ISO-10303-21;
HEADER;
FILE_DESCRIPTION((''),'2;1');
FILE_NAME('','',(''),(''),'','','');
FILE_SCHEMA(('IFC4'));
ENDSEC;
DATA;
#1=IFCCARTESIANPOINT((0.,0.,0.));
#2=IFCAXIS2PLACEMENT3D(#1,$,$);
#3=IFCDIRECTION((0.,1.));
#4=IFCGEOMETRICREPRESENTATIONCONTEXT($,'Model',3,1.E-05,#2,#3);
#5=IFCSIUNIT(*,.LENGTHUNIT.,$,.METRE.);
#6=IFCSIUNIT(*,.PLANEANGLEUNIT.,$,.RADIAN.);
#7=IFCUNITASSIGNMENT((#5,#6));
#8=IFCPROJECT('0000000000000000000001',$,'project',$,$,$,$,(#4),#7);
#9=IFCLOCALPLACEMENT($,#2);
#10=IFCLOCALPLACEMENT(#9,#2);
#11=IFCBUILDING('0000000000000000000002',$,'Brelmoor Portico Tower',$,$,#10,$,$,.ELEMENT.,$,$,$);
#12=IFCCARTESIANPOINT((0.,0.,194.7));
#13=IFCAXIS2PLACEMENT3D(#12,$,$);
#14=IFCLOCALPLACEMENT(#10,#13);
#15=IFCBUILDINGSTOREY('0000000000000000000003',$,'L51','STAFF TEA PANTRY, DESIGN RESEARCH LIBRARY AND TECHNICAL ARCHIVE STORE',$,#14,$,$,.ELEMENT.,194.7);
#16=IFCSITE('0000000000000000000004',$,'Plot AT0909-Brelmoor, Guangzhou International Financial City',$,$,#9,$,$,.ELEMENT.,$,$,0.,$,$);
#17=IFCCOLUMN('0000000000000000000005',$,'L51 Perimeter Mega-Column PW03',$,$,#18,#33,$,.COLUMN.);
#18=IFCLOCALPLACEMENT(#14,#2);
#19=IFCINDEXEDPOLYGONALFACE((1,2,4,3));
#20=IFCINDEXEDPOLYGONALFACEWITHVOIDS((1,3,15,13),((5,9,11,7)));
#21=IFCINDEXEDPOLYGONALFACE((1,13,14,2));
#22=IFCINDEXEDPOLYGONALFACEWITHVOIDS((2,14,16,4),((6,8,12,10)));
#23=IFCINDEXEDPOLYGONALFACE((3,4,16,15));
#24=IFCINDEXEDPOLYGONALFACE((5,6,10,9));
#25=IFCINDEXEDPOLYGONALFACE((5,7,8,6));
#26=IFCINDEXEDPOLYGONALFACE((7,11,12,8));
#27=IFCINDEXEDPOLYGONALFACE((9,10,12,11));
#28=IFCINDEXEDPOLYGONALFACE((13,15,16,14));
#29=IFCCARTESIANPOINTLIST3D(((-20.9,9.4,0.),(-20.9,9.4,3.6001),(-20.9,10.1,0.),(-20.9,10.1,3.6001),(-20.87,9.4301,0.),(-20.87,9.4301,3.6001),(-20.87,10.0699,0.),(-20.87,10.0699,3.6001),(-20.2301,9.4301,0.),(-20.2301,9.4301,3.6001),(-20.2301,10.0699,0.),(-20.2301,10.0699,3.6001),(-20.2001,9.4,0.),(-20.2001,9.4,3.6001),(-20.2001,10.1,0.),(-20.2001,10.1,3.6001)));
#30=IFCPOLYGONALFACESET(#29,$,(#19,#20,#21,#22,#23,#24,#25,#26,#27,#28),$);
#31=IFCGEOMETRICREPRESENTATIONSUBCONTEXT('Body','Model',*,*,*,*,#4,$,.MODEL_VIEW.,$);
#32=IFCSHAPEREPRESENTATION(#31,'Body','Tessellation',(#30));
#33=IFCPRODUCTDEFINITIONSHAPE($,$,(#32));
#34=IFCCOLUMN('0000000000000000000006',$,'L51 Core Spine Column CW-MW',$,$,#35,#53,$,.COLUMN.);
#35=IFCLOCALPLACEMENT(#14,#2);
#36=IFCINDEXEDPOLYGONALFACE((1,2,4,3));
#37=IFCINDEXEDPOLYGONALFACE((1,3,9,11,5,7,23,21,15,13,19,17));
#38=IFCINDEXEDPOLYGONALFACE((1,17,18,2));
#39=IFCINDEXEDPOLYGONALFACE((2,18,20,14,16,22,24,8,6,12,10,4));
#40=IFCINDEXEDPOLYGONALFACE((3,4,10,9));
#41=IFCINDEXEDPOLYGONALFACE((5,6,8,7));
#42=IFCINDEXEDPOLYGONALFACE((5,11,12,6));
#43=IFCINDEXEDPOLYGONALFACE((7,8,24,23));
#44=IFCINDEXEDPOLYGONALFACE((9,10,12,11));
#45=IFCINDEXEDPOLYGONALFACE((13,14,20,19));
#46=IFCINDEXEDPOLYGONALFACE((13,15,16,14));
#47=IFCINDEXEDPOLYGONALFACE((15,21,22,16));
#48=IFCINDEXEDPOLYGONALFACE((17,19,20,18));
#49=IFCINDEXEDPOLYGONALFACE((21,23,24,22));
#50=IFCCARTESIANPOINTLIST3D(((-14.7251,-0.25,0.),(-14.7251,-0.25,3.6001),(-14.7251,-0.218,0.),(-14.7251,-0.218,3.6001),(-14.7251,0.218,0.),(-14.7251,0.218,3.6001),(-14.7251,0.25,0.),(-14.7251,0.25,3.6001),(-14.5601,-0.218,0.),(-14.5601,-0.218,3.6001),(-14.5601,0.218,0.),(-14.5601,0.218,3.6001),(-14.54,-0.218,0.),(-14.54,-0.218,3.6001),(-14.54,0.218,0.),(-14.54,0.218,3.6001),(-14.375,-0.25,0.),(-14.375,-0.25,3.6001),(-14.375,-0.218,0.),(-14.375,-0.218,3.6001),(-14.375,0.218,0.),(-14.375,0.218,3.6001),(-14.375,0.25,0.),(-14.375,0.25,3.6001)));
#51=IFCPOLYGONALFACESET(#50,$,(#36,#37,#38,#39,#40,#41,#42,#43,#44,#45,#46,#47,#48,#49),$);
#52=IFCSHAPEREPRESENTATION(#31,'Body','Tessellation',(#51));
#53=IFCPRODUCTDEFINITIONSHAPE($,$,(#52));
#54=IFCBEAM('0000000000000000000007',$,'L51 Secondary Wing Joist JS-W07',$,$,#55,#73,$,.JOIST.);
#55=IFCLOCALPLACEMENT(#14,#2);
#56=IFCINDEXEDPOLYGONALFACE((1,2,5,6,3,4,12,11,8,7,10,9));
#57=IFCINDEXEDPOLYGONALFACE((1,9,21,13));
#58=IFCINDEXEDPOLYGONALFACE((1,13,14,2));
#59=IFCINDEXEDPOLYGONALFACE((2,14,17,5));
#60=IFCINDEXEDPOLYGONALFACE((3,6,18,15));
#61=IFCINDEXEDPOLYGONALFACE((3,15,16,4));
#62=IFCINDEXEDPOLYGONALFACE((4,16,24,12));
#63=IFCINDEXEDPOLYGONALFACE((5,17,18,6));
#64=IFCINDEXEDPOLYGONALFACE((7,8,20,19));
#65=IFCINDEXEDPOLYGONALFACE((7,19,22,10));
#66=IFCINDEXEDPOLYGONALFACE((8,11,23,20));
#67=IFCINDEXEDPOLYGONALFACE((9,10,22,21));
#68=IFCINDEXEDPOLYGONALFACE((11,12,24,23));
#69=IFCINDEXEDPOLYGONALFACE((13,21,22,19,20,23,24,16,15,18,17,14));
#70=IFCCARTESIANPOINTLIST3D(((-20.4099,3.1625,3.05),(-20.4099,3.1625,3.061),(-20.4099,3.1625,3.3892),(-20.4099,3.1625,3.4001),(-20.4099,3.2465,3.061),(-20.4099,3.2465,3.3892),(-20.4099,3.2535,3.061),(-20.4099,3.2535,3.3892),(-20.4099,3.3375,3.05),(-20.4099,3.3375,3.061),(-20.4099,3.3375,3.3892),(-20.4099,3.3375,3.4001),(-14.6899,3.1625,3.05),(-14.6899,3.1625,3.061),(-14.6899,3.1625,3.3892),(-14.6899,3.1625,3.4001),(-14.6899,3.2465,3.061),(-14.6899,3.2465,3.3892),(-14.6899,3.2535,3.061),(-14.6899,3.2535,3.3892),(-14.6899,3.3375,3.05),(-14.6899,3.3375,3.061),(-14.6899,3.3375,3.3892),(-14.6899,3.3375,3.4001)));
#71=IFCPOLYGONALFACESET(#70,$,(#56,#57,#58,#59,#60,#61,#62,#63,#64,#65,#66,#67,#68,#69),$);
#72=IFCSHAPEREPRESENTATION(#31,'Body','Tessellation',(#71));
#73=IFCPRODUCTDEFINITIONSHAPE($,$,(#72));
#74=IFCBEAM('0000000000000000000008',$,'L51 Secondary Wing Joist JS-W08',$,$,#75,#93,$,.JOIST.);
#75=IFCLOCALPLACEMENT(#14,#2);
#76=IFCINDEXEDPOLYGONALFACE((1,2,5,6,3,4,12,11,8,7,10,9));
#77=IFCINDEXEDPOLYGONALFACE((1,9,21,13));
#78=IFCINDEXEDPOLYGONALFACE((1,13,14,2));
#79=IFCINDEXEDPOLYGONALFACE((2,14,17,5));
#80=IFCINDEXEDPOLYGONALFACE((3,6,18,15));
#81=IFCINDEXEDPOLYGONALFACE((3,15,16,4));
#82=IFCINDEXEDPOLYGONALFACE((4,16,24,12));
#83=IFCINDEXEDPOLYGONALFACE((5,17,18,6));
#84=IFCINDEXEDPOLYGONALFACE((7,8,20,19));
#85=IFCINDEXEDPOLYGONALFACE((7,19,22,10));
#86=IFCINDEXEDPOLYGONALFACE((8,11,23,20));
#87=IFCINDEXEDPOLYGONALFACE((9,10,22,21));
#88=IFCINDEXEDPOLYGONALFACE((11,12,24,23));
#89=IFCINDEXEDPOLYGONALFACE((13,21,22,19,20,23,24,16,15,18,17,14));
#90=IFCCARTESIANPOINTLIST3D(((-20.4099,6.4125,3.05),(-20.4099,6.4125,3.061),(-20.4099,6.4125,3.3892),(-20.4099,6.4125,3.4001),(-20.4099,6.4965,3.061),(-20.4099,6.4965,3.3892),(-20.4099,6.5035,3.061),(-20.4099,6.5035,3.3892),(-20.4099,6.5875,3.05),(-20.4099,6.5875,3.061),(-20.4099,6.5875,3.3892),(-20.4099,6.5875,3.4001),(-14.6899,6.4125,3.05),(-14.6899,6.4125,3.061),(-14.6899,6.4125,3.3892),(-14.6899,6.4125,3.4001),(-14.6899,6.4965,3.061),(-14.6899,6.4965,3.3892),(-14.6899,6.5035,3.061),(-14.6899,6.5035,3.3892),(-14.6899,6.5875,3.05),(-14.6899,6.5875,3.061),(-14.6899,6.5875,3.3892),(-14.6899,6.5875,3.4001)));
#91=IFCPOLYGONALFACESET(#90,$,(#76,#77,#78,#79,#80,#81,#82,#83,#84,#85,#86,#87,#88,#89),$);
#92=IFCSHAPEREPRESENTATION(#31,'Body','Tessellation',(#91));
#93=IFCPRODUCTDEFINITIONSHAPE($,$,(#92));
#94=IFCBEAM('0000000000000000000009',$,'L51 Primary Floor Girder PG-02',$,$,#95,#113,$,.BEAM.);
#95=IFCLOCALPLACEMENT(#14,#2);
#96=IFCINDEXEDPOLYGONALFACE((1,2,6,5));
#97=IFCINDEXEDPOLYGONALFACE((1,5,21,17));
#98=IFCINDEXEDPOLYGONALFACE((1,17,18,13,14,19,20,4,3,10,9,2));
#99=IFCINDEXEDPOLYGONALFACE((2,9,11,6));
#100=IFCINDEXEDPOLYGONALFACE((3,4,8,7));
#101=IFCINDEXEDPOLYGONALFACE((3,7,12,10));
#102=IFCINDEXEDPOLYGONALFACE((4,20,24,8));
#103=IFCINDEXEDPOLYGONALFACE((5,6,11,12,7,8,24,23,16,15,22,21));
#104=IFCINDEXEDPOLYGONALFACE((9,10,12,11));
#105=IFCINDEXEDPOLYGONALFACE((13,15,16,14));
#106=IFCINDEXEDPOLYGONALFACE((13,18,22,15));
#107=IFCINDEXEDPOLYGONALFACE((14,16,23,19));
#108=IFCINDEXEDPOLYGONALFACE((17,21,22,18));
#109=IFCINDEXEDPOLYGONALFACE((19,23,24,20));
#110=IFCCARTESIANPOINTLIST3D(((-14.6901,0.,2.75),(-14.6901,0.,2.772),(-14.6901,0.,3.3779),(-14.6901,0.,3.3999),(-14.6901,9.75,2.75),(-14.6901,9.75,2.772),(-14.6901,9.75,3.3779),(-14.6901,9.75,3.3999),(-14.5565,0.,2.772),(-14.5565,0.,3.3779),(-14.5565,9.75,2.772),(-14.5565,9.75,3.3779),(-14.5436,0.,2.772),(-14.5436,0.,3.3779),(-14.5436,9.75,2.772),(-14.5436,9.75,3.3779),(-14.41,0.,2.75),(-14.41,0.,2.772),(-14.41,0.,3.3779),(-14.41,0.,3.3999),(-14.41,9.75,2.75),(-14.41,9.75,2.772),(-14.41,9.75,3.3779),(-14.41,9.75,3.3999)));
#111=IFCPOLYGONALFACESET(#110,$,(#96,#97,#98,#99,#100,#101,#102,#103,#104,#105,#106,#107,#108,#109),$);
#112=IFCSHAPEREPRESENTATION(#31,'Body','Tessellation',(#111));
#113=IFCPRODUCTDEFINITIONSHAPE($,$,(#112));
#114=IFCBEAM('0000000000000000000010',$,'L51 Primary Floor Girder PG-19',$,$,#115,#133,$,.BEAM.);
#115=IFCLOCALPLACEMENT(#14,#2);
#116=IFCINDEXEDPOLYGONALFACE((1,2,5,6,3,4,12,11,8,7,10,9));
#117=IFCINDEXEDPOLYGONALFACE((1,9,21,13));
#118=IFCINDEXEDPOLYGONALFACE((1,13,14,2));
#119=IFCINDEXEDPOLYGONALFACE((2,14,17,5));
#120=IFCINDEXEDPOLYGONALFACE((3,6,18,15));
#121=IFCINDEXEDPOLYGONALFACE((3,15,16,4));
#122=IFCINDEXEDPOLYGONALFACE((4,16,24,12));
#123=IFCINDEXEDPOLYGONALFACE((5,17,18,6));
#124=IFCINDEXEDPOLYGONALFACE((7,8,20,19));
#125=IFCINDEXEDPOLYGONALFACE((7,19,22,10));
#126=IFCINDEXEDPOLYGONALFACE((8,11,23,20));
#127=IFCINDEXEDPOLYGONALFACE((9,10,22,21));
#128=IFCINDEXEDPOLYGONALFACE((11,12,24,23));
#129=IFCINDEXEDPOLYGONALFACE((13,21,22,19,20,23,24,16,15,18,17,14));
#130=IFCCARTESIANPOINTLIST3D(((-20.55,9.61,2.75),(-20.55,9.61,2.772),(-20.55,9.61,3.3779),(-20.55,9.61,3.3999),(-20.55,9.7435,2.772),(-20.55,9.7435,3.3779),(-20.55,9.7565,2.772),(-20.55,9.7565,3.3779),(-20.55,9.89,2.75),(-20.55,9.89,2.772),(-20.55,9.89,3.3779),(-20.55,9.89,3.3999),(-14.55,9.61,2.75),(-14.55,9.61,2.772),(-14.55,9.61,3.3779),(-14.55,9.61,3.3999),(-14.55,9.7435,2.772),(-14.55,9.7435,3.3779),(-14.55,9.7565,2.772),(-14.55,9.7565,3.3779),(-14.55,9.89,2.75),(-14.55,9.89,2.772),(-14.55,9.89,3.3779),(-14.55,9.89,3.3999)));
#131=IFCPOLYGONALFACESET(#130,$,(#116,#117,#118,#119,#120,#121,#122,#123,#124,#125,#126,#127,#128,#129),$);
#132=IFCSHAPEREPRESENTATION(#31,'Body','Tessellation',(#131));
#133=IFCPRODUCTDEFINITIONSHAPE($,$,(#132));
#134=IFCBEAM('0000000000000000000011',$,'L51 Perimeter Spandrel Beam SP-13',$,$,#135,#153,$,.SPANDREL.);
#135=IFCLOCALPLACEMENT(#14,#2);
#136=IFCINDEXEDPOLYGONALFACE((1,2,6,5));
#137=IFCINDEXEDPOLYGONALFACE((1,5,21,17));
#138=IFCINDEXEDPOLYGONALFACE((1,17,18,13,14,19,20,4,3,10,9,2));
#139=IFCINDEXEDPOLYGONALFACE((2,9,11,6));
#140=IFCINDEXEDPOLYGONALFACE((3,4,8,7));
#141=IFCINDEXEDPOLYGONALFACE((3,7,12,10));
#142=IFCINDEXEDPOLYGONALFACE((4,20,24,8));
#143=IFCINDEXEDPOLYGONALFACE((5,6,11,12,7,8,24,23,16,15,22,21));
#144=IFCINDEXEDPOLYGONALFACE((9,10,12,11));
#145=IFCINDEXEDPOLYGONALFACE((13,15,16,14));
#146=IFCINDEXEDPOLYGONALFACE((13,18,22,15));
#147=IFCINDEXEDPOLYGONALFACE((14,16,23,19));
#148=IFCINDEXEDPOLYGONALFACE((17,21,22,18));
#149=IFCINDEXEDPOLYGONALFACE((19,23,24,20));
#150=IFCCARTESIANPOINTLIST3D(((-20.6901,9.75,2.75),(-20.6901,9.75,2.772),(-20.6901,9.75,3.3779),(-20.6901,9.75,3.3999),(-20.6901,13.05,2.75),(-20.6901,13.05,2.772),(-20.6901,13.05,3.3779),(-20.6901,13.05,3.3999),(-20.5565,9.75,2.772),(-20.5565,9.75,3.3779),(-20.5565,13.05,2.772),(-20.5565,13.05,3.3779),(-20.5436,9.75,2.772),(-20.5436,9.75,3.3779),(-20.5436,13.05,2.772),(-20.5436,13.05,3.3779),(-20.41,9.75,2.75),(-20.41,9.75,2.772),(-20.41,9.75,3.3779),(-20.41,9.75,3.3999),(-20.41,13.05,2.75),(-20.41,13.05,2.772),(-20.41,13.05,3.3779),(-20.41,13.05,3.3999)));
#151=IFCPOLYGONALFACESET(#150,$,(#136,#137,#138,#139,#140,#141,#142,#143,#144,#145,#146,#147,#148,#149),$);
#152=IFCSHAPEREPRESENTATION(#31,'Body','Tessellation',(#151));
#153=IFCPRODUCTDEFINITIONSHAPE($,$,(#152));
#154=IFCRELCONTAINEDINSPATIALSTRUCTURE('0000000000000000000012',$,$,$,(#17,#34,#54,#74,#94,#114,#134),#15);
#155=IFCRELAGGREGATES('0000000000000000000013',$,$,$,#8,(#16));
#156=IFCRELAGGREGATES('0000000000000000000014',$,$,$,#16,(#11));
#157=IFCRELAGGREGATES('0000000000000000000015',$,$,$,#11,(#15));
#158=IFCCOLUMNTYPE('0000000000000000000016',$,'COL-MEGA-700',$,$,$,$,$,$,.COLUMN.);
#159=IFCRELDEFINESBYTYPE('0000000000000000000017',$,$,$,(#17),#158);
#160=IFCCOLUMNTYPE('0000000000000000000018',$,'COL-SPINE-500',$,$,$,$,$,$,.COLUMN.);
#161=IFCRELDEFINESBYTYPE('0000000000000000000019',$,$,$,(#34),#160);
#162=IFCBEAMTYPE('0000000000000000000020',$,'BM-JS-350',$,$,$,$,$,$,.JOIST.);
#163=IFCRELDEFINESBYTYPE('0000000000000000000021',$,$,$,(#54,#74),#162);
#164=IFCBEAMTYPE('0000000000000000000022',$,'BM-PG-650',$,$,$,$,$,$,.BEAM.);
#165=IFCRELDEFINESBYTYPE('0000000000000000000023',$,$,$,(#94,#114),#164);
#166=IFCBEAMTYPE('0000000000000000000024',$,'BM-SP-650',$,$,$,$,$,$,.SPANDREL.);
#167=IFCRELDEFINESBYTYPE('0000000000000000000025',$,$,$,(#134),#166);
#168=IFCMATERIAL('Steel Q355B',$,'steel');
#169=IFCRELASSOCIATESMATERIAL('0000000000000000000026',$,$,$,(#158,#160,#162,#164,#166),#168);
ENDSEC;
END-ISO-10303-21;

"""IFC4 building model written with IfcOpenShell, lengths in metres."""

from ifc_helpers import new_model, si_unit, direction, frame, origin, origin_2d, place, context, subcontext, project, spatial, hollow_rectangle, i_section, extrude, material, material_profile, profile_set, type_object, element, save


model = new_model("IFC4")

# Units and contexts
model_context = context("Model", 3, precision=1e-05, world=origin(), true_north=direction((0.0, 1.0)))
body_context = subcontext(model_context, "Body", "Model", "MODEL_VIEW")
ifc_project = project(units=[si_unit("LENGTHUNIT", "METRE"), si_unit("PLANEANGLEUNIT", "RADIAN")], contexts=[model_context])

# Site, building, storey
site_placement = place(None, origin())
site = spatial("IfcSite", under=ifc_project, at=site_placement, Name="Plot AT0909-Brelmoor, Guangzhou International Financial City", CompositionType="ELEMENT", RefElevation=0.0)
building_placement = place(site_placement, origin())
building = spatial("IfcBuilding", under=site, at=building_placement, Name="Brelmoor Portico Tower", CompositionType="ELEMENT")
storey_placement = place(building_placement, frame((0.0, 0.0, 194.7)))
storey = spatial("IfcBuildingStorey", under=building, at=storey_placement, Name="L51", Description="STAFF TEA PANTRY, DESIGN RESEARCH LIBRARY AND TECHNICAL ARCHIVE STORE", CompositionType="ELEMENT", Elevation=194.7)

# Columns
ifc_material_1 = material(Name="Steel Q355B", Category="steel")
ifc_material_profile_1 = material_profile(ifc_material_1, hollow_rectangle(XDim=0.7, YDim=0.7, WallThickness=0.03, at=origin_2d()), Name="BOX 700x700x30")
ifc_profile_set_1 = profile_set([ifc_material_profile_1], Name="Steel Q355B")
column_type_1 = type_object("IfcColumnType", Name="COL-MEGA-700", PredefinedType="COLUMN", material=ifc_profile_set_1)
column_1_placement = place(storey_placement, frame((-20.55, 9.75, 0.0), z_axis=(0.0, 0.0, 1.0), x_axis=(0.0, 1.0, 0.0)))
element("IfcColumn", 1, at=column_1_placement, inside=storey, type_object=column_type_1, Name="L51 Perimeter Mega-Column PW03", PredefinedType="COLUMN", context=body_context, shape_type="SweptSolid", body=[
    extrude(hollow_rectangle(XDim=0.7, YDim=0.7, WallThickness=0.03, at=origin_2d()), origin(), (0.0, 0.0, 1.0), 3.6001),
])
ifc_material_profile_2 = material_profile(ifc_material_1, i_section(OverallWidth=0.3501, OverallDepth=0.5, WebThickness=0.02, FlangeThickness=0.032, at=origin_2d()), Name="HW 500x350x20x32")
ifc_profile_set_2 = profile_set([ifc_material_profile_2], Name="Steel Q355B")
column_type_2 = type_object("IfcColumnType", Name="COL-SPINE-500", PredefinedType="COLUMN", material=ifc_profile_set_2)
column_2_placement = place(storey_placement, frame((-14.55, 0.0, 0.0), z_axis=(0.0, 0.0, 1.0), x_axis=(1.0, 0.0, 0.0)))
element("IfcColumn", 2, at=column_2_placement, inside=storey, type_object=column_type_2, Name="L51 Core Spine Column CW-MW", PredefinedType="COLUMN", context=body_context, shape_type="SweptSolid", body=[
    extrude(i_section(OverallWidth=0.3501, OverallDepth=0.5, WebThickness=0.02, FlangeThickness=0.032, at=origin_2d()), origin(), (0.0, 0.0, 1.0), 3.6001),
])

# Beams
ifc_material_profile_3 = material_profile(ifc_material_1, i_section(OverallWidth=0.175, OverallDepth=0.3501, WebThickness=0.0071, FlangeThickness=0.011, at=origin_2d()), Name="HN 350x175x7x11")
ifc_profile_set_3 = profile_set([ifc_material_profile_3], Name="Steel Q355B")
beam_type_1 = type_object("IfcBeamType", Name="BM-JS-350", PredefinedType="JOIST", material=ifc_profile_set_3)
for number, where, z_axis, x_axis, name in (
    (3, (-20.4099, 3.25, 3.2251), (1.0, 0.0, 0.0), (0.0, 1.0, 0.0), "L51 Secondary Wing Joist JS-W07"),
    (4, (-20.4099, 6.5, 3.2251), (1.0, 0.0, 0.0), (0.0, 1.0, 0.0), "L51 Secondary Wing Joist JS-W08"),
):
    element("IfcBeam", number, at=place(storey_placement, frame(where, z_axis=z_axis, x_axis=x_axis)), inside=storey, type_object=beam_type_1, Name=name, PredefinedType="JOIST", context=body_context, shape_type="SweptSolid", body=[
        extrude(i_section(OverallWidth=0.175, OverallDepth=0.3501, WebThickness=0.0071, FlangeThickness=0.011, at=origin_2d()), origin(), (0.0, 0.0, 1.0), 5.72),
    ])
ifc_material_profile_4 = material_profile(ifc_material_1, i_section(OverallWidth=0.28, OverallDepth=0.6499, WebThickness=0.0129, FlangeThickness=0.022, at=origin_2d()), Name="HN 650x280x13x22")
ifc_profile_set_4 = profile_set([ifc_material_profile_4], Name="Steel Q355B")
beam_type_2 = type_object("IfcBeamType", Name="BM-PG-650", PredefinedType="BEAM", material=ifc_profile_set_4)
beam_1_placement = place(storey_placement, frame((-14.55, 0.0, 3.075), z_axis=(0.0, 1.0, 0.0), x_axis=(-1.0, 0.0, 0.0)))
element("IfcBeam", 5, at=beam_1_placement, inside=storey, type_object=beam_type_2, Name="L51 Primary Floor Girder PG-02", PredefinedType="BEAM", context=body_context, shape_type="SweptSolid", body=[
    extrude(i_section(OverallWidth=0.28, OverallDepth=0.6499, WebThickness=0.0129, FlangeThickness=0.022, at=origin_2d()), origin(), (0.0, 0.0, 1.0), 9.75),
])
beam_2_placement = place(storey_placement, frame((-20.55, 9.75, 3.075), z_axis=(1.0, 0.0, 0.0), x_axis=(0.0, 1.0, 0.0)))
element("IfcBeam", 6, at=beam_2_placement, inside=storey, type_object=beam_type_2, Name="L51 Primary Floor Girder PG-19", PredefinedType="BEAM", context=body_context, shape_type="SweptSolid", body=[
    extrude(i_section(OverallWidth=0.28, OverallDepth=0.6499, WebThickness=0.0129, FlangeThickness=0.022, at=origin_2d()), origin(), (0.0, 0.0, 1.0), 6.0),
])
ifc_material_profile_5 = material_profile(ifc_material_1, i_section(OverallWidth=0.28, OverallDepth=0.6499, WebThickness=0.0129, FlangeThickness=0.022, at=origin_2d()), Name="HN 650x280x13x22")
ifc_profile_set_5 = profile_set([ifc_material_profile_5], Name="Steel Q355B")
beam_type_3 = type_object("IfcBeamType", Name="BM-SP-650", PredefinedType="SPANDREL", material=ifc_profile_set_5)
beam_3_placement = place(storey_placement, frame((-20.55, 9.75, 3.075), z_axis=(0.0, 1.0, 0.0), x_axis=(-1.0, 0.0, 0.0)))
element("IfcBeam", 7, at=beam_3_placement, inside=storey, type_object=beam_type_3, Name="L51 Perimeter Spandrel Beam SP-13", PredefinedType="SPANDREL", context=body_context, shape_type="SweptSolid", body=[
    extrude(i_section(OverallWidth=0.28, OverallDepth=0.6499, WebThickness=0.0129, FlangeThickness=0.022, at=origin_2d()), origin(), (0.0, 0.0, 1.0), 3.3),
])

save(model, "model.ifc")
